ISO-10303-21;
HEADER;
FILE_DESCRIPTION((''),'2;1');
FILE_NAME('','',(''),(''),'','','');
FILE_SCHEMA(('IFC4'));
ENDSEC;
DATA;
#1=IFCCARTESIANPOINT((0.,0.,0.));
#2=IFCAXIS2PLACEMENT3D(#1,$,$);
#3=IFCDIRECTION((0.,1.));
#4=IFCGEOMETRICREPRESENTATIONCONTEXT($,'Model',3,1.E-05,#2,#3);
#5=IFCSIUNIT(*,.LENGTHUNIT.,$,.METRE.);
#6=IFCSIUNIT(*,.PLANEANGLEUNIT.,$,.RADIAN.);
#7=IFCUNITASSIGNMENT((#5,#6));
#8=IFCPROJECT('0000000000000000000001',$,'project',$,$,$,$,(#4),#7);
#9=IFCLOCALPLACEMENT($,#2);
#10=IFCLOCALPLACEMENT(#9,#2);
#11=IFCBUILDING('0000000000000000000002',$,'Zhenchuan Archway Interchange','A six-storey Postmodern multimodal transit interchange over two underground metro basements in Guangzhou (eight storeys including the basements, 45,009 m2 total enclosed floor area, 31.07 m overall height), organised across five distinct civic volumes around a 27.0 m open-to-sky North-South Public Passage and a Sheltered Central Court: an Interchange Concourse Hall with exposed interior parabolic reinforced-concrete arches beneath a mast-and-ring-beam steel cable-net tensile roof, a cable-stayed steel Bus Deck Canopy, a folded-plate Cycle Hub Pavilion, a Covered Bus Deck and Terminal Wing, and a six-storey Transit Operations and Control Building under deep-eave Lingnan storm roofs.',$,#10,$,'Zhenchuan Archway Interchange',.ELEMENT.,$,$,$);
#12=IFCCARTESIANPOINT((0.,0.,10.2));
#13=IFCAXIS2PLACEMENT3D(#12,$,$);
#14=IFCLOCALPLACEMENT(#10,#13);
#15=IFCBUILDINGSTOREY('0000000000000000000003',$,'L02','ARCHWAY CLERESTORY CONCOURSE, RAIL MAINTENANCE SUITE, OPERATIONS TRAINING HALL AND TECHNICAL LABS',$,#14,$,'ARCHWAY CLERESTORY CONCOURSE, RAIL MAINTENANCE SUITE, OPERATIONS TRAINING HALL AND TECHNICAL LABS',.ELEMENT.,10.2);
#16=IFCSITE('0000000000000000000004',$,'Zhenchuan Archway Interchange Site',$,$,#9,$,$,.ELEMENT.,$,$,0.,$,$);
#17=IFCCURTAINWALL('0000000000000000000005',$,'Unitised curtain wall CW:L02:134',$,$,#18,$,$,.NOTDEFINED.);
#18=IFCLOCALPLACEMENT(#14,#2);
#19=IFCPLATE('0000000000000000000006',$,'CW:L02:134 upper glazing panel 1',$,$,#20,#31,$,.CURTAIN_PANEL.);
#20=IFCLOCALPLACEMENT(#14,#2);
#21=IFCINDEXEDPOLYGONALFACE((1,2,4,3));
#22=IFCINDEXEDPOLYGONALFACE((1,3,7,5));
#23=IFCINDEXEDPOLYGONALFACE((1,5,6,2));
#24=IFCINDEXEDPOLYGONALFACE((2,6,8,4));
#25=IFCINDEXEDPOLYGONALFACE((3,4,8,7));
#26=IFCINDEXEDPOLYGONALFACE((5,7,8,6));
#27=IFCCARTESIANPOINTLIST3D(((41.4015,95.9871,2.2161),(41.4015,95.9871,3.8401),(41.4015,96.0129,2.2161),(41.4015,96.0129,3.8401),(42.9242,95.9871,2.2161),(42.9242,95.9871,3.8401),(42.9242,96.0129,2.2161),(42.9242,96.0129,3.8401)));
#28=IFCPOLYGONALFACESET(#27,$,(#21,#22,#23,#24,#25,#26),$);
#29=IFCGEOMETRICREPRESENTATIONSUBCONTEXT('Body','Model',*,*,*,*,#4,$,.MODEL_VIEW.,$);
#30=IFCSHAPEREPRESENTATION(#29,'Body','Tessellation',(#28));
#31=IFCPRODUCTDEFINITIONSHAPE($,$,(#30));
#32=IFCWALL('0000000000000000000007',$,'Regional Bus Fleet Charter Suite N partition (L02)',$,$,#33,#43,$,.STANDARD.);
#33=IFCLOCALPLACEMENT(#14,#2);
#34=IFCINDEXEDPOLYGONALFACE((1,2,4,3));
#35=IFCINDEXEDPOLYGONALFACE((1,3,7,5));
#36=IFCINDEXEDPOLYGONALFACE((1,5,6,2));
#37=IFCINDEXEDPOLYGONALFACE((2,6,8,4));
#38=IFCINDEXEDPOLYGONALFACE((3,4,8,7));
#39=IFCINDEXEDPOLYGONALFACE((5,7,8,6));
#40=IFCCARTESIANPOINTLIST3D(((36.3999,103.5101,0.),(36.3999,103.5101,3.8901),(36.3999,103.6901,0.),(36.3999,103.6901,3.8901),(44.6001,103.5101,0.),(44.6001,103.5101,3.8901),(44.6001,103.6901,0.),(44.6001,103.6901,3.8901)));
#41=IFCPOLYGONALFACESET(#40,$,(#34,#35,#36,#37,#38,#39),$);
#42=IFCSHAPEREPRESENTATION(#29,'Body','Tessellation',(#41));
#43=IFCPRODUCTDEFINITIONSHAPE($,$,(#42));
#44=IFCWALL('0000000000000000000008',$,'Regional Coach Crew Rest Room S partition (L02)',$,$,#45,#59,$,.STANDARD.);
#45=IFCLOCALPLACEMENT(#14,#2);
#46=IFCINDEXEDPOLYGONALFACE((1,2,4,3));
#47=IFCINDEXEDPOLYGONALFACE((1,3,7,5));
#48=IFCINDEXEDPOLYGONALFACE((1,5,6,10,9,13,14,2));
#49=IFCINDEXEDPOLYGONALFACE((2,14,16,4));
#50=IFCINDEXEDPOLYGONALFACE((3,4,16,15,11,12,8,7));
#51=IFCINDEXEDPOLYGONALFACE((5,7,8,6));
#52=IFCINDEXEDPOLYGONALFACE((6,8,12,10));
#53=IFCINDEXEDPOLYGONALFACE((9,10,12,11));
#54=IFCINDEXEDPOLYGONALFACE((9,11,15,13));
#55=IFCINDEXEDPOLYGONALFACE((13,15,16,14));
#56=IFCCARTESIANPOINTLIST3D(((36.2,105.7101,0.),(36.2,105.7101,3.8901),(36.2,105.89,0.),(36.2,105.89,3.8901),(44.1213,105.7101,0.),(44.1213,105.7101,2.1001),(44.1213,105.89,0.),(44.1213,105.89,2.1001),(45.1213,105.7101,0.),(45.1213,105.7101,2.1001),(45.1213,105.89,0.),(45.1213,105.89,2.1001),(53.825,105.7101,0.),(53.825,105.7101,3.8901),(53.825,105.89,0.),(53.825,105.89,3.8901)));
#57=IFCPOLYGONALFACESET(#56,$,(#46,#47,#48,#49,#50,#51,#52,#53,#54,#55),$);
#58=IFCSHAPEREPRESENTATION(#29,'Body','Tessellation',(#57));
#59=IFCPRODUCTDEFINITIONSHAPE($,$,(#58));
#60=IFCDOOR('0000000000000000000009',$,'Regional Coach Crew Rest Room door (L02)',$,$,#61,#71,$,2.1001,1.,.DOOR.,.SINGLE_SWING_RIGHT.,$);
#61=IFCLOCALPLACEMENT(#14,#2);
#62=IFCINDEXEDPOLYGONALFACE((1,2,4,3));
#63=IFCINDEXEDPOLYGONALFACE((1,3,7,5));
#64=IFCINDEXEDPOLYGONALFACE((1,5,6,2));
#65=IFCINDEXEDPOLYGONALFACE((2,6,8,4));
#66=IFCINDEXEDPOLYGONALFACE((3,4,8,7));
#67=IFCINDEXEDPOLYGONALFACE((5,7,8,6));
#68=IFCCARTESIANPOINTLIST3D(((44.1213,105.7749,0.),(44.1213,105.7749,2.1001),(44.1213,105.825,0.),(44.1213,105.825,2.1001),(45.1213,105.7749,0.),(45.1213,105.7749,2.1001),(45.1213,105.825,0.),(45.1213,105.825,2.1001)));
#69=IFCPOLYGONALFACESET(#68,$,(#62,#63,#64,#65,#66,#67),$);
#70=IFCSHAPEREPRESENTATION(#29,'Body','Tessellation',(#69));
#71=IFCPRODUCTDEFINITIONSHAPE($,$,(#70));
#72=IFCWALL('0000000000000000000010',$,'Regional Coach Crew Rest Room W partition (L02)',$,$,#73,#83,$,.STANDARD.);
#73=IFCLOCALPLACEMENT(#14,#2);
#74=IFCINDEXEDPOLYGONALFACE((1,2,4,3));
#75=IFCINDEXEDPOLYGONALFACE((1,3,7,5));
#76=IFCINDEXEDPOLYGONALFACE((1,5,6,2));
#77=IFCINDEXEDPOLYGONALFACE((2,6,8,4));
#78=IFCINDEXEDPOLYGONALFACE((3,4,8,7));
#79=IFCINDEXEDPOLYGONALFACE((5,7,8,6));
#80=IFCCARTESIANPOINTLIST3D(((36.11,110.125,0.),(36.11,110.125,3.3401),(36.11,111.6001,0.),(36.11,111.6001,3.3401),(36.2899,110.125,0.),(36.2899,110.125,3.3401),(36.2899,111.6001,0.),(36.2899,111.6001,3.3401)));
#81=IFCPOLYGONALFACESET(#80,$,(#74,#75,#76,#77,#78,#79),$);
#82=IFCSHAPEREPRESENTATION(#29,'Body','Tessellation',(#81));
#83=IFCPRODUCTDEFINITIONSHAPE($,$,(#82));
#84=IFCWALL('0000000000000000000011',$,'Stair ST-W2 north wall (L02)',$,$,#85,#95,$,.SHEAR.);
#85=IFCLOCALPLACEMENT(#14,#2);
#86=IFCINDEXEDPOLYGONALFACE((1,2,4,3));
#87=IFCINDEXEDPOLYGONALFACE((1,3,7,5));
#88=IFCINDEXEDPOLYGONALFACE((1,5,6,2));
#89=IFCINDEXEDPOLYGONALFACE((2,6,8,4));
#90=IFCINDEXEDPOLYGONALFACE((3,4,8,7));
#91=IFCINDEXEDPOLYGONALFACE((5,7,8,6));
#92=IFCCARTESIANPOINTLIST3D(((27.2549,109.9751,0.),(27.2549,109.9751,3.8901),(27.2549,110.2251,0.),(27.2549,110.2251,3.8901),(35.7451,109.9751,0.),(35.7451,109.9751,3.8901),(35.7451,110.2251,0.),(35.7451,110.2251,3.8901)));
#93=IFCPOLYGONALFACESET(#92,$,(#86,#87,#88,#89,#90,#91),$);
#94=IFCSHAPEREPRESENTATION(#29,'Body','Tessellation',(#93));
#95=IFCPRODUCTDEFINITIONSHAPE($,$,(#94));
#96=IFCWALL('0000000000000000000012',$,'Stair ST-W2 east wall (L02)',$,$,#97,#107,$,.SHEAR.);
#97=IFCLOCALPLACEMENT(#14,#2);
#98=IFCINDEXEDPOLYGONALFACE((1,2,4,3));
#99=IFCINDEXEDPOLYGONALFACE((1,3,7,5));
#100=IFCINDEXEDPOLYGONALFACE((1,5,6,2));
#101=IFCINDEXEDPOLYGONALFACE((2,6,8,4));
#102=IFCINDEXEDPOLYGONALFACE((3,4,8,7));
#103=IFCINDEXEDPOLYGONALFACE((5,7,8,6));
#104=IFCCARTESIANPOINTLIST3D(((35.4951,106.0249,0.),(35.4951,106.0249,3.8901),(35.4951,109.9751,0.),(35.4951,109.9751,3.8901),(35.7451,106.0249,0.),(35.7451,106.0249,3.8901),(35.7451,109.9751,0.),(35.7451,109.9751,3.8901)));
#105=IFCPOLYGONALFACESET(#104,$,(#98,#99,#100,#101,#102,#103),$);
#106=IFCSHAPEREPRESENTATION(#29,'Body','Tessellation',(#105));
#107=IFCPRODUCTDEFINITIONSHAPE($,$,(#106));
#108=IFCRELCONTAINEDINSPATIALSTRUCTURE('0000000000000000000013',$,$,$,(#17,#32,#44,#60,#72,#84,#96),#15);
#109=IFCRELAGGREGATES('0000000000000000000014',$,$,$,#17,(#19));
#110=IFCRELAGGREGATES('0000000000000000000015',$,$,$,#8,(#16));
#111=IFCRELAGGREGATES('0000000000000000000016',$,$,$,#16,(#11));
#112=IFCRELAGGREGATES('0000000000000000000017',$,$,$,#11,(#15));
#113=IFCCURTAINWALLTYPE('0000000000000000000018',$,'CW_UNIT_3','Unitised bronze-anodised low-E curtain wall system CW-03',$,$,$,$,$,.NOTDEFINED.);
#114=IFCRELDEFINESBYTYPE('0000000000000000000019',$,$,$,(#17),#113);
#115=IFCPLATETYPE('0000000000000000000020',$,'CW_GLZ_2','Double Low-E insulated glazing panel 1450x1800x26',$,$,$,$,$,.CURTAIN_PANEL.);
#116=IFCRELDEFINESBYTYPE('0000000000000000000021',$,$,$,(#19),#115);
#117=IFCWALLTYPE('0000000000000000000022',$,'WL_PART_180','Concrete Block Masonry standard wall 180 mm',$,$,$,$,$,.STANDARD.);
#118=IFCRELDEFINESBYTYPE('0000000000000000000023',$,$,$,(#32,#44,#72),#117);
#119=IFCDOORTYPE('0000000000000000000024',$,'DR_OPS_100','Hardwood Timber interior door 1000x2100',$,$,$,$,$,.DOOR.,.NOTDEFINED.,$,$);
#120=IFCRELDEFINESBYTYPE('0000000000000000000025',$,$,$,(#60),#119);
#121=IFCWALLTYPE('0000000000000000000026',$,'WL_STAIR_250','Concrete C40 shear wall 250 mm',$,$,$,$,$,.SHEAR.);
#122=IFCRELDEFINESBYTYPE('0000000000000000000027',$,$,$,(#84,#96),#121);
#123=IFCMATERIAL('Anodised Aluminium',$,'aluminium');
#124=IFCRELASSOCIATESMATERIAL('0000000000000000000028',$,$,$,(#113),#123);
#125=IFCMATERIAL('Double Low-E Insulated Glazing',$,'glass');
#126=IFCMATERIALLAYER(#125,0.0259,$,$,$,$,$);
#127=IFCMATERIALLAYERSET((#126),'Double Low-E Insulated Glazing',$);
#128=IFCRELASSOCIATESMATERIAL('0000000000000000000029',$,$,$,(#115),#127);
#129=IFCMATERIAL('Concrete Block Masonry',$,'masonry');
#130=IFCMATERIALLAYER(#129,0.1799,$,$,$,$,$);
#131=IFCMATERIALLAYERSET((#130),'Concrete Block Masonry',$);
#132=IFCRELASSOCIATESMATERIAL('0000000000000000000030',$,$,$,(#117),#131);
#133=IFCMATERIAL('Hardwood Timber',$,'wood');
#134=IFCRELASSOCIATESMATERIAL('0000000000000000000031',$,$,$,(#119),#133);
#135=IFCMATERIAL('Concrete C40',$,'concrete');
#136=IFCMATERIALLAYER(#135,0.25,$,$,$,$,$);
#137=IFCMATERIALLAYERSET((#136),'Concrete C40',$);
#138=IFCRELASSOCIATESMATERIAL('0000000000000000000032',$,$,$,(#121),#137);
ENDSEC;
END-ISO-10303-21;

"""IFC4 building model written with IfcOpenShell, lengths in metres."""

from ifc_helpers import new_model, si_unit, direction, frame, frame_2d, origin, origin_2d, place, context, subcontext, project, spatial, rectangle, extrude, material, layer, layer_set, type_object, element, fill, aggregate, save


model = new_model("IFC4")

# Units and contexts
model_context = context("Model", 3, precision=1e-05, world=origin(), true_north=direction((0.0, 1.0)))
body_context = subcontext(model_context, "Body", "Model", "MODEL_VIEW")
ifc_project = project(units=[si_unit("LENGTHUNIT", "METRE"), si_unit("PLANEANGLEUNIT", "RADIAN")], contexts=[model_context])

# Site, building, storey
site_placement = place(None, origin())
site = spatial("IfcSite", under=ifc_project, at=site_placement, Name="Zhenchuan Archway Interchange Site", CompositionType="ELEMENT", RefElevation=0.0)
building_placement = place(site_placement, origin())
building = spatial("IfcBuilding", under=site, at=building_placement, Name="Zhenchuan Archway Interchange", Description="A six-storey Postmodern multimodal transit interchange over two underground metro basements in Guangzhou (eight storeys including the basements, 45,009 m2 total enclosed floor area, 31.07 m overall height), organised across five distinct civic volumes around a 27.0 m open-to-sky North-South Public Passage and a Sheltered Central Court: an Interchange Concourse Hall with exposed interior parabolic reinforced-concrete arches beneath a mast-and-ring-beam steel cable-net tensile roof, a cable-stayed steel Bus Deck Canopy, a folded-plate Cycle Hub Pavilion, a Covered Bus Deck and Terminal Wing, and a six-storey Transit Operations and Control Building under deep-eave Lingnan storm roofs.", LongName="Zhenchuan Archway Interchange", CompositionType="ELEMENT")
storey_placement = place(building_placement, frame((0.0, 0.0, 10.2)))
storey = spatial("IfcBuildingStorey", under=building, at=storey_placement, Name="L02", Description="ARCHWAY CLERESTORY CONCOURSE, RAIL MAINTENANCE SUITE, OPERATIONS TRAINING HALL AND TECHNICAL LABS", LongName="ARCHWAY CLERESTORY CONCOURSE, RAIL MAINTENANCE SUITE, OPERATIONS TRAINING HALL AND TECHNICAL LABS", CompositionType="ELEMENT", Elevation=10.2)

# Shared definitions
ifc_material_1 = material(Name="Concrete C40", Category="concrete")

# Shared definitions
ifc_material_2 = material(Name="Anodised Aluminium", Category="aluminium")

# Curtain wall
curtain_wall_type_1 = type_object("IfcCurtainWallType", Name="CW_UNIT_3", Description="Unitised bronze-anodised low-E curtain wall system CW-03", PredefinedType="NOTDEFINED", material=ifc_material_2)
curtain_wall_1_placement = place(storey_placement, origin())
curtain_wall_1 = element("IfcCurtainWall", 1, at=curtain_wall_1_placement, inside=storey, type_object=curtain_wall_type_1, Name="Unitised curtain wall CW:L02:134", PredefinedType="NOTDEFINED")

# Plate
ifc_material_3 = material(Name="Double Low-E Insulated Glazing", Category="glass")
ifc_layer_1 = layer(ifc_material_3, 0.0259)
ifc_layer_set_1 = layer_set([ifc_layer_1], Name="Double Low-E Insulated Glazing")
plate_type = type_object("IfcPlateType", Name="CW_GLZ_2", Description="Double Low-E insulated glazing panel 1450x1800x26", PredefinedType="CURTAIN_PANEL", material=ifc_layer_set_1)
plate_placement = place(storey_placement, frame((42.1628, 96.0, 2.2161), z_axis=(0.0, 0.0, 1.0), x_axis=(-1.0, 0.0, 0.0)))
plate = element("IfcPlate", 2, at=plate_placement, type_object=plate_type, Name="CW:L02:134 upper glazing panel 1", PredefinedType="CURTAIN_PANEL", context=body_context, shape_type="SweptSolid", body=[
    extrude(rectangle(XDim=1.5227, YDim=0.0259, at=origin_2d()), origin(), (0.0, 0.0, 1.0), 1.624),
])
aggregate(curtain_wall_1, [plate])

# Wall
ifc_material_4 = material(Name="Concrete Block Masonry", Category="masonry")
ifc_layer_2 = layer(ifc_material_4, 0.1799)
ifc_layer_set_2 = layer_set([ifc_layer_2], Name="Concrete Block Masonry")
wall_type_1 = type_object("IfcWallType", Name="WL_PART_180", Description="Concrete Block Masonry standard wall 180 mm", PredefinedType="STANDARD", material=ifc_layer_set_2)
wall_1_placement = place(storey_placement, frame((36.3999, 103.6001, 0.0), z_axis=(0.0, 0.0, 1.0), x_axis=(1.0, 0.0, 0.0)))
element("IfcWall", 3, at=wall_1_placement, inside=storey, type_object=wall_type_1, Name="Regional Bus Fleet Charter Suite N partition (L02)", PredefinedType="STANDARD", context=body_context, shape_type="SweptSolid", body=[
    extrude(rectangle(XDim=8.2002, YDim=0.1799, at=frame_2d((4.1001, 0.0))), origin(), (0.0, 0.0, 1.0), 3.8901),
])

# Wall, opening, door
wall_2_placement = place(storey_placement, frame((36.2, 105.8, 0.0), z_axis=(0.0, 0.0, 1.0), x_axis=(1.0, 0.0, 0.0)))
wall_2 = element("IfcWall", 4, at=wall_2_placement, inside=storey, type_object=wall_type_1, Name="Regional Coach Crew Rest Room S partition (L02)", PredefinedType="STANDARD", context=body_context, shape_type="SweptSolid", body=[
    extrude(rectangle(XDim=17.625, YDim=0.1799, at=frame_2d((8.8125, 0.0))), origin(), (0.0, 0.0, 1.0), 3.8901),
])
opening_placement = place(wall_2_placement, frame((7.9214, 0.0, 0.0)))
opening = element("IfcOpeningElement", 5, at=opening_placement, cuts=wall_2, PredefinedType="OPENING", context=body_context, shape_type="SweptSolid", body=[
    extrude(rectangle(XDim=1.0, YDim=2.1001, at=frame_2d((0.5, 1.05))), frame((0.0, 0.1021, 0.0), z_axis=(0.0, -1.0, 0.0), x_axis=(1.0, 0.0, 0.0)), (0.0, 0.0, 1.0), 0.2039),
])
ifc_material_5 = material(Name="Hardwood Timber", Category="wood")
door_type = type_object("IfcDoorType", Name="DR_OPS_100", Description="Hardwood Timber interior door 1000x2100", OperationType="NOTDEFINED", PredefinedType="DOOR", material=ifc_material_5)
door_placement = place(opening_placement, origin())
door = element("IfcDoor", 6, at=door_placement, inside=storey, type_object=door_type, Name="Regional Coach Crew Rest Room door (L02)", OperationType="SINGLE_SWING_RIGHT", OverallHeight=2.1001, OverallWidth=1.0, PredefinedType="DOOR", context=body_context, shape_type="SweptSolid", body=[
    extrude(rectangle(XDim=1.0, YDim=2.1001, at=frame_2d((0.5, 1.05))), frame((0.0, 0.0249, 0.0), z_axis=(0.0, -1.0, 0.0), x_axis=(1.0, 0.0, 0.0)), (0.0, 0.0, 1.0), 0.05),
])
fill(opening, door)

# Walls
wall_3_placement = place(storey_placement, frame((36.2, 110.125, 0.0), z_axis=(0.0, 0.0, 1.0), x_axis=(0.0, 1.0, 0.0)))
element("IfcWall", 7, at=wall_3_placement, inside=storey, type_object=wall_type_1, Name="Regional Coach Crew Rest Room W partition (L02)", PredefinedType="STANDARD", context=body_context, shape_type="SweptSolid", body=[
    extrude(rectangle(XDim=1.4751, YDim=0.1799, at=frame_2d((0.7375, 0.0))), origin(), (0.0, 0.0, 1.0), 3.3401),
])
ifc_layer_3 = layer(ifc_material_1, 0.25)
ifc_layer_set_3 = layer_set([ifc_layer_3], Name="Concrete C40")
wall_type_2 = type_object("IfcWallType", Name="WL_STAIR_250", Description="Concrete C40 shear wall 250 mm", PredefinedType="SHEAR", material=ifc_layer_set_3)
wall_4_placement = place(storey_placement, frame((35.7451, 110.1001, 0.0), z_axis=(0.0, 0.0, 1.0), x_axis=(-1.0, 0.0, 0.0)))
element("IfcWall", 8, at=wall_4_placement, inside=storey, type_object=wall_type_2, Name="Stair ST-W2 north wall (L02)", PredefinedType="SHEAR", context=body_context, shape_type="SweptSolid", body=[
    extrude(rectangle(XDim=8.4902, YDim=0.25, at=frame_2d((4.2451, 0.0))), origin(), (0.0, 0.0, 1.0), 3.8901),
])
wall_5_placement = place(storey_placement, frame((35.6201, 106.0249, 0.0), z_axis=(0.0, 0.0, 1.0), x_axis=(0.0, 1.0, 0.0)))
element("IfcWall", 9, at=wall_5_placement, inside=storey, type_object=wall_type_2, Name="Stair ST-W2 east wall (L02)", PredefinedType="SHEAR", context=body_context, shape_type="SweptSolid", body=[
    extrude(rectangle(XDim=3.9502, YDim=0.25, at=frame_2d((1.9751, 0.0))), origin(), (0.0, 0.0, 1.0), 3.8901),
])

save(model, "model.ifc")
